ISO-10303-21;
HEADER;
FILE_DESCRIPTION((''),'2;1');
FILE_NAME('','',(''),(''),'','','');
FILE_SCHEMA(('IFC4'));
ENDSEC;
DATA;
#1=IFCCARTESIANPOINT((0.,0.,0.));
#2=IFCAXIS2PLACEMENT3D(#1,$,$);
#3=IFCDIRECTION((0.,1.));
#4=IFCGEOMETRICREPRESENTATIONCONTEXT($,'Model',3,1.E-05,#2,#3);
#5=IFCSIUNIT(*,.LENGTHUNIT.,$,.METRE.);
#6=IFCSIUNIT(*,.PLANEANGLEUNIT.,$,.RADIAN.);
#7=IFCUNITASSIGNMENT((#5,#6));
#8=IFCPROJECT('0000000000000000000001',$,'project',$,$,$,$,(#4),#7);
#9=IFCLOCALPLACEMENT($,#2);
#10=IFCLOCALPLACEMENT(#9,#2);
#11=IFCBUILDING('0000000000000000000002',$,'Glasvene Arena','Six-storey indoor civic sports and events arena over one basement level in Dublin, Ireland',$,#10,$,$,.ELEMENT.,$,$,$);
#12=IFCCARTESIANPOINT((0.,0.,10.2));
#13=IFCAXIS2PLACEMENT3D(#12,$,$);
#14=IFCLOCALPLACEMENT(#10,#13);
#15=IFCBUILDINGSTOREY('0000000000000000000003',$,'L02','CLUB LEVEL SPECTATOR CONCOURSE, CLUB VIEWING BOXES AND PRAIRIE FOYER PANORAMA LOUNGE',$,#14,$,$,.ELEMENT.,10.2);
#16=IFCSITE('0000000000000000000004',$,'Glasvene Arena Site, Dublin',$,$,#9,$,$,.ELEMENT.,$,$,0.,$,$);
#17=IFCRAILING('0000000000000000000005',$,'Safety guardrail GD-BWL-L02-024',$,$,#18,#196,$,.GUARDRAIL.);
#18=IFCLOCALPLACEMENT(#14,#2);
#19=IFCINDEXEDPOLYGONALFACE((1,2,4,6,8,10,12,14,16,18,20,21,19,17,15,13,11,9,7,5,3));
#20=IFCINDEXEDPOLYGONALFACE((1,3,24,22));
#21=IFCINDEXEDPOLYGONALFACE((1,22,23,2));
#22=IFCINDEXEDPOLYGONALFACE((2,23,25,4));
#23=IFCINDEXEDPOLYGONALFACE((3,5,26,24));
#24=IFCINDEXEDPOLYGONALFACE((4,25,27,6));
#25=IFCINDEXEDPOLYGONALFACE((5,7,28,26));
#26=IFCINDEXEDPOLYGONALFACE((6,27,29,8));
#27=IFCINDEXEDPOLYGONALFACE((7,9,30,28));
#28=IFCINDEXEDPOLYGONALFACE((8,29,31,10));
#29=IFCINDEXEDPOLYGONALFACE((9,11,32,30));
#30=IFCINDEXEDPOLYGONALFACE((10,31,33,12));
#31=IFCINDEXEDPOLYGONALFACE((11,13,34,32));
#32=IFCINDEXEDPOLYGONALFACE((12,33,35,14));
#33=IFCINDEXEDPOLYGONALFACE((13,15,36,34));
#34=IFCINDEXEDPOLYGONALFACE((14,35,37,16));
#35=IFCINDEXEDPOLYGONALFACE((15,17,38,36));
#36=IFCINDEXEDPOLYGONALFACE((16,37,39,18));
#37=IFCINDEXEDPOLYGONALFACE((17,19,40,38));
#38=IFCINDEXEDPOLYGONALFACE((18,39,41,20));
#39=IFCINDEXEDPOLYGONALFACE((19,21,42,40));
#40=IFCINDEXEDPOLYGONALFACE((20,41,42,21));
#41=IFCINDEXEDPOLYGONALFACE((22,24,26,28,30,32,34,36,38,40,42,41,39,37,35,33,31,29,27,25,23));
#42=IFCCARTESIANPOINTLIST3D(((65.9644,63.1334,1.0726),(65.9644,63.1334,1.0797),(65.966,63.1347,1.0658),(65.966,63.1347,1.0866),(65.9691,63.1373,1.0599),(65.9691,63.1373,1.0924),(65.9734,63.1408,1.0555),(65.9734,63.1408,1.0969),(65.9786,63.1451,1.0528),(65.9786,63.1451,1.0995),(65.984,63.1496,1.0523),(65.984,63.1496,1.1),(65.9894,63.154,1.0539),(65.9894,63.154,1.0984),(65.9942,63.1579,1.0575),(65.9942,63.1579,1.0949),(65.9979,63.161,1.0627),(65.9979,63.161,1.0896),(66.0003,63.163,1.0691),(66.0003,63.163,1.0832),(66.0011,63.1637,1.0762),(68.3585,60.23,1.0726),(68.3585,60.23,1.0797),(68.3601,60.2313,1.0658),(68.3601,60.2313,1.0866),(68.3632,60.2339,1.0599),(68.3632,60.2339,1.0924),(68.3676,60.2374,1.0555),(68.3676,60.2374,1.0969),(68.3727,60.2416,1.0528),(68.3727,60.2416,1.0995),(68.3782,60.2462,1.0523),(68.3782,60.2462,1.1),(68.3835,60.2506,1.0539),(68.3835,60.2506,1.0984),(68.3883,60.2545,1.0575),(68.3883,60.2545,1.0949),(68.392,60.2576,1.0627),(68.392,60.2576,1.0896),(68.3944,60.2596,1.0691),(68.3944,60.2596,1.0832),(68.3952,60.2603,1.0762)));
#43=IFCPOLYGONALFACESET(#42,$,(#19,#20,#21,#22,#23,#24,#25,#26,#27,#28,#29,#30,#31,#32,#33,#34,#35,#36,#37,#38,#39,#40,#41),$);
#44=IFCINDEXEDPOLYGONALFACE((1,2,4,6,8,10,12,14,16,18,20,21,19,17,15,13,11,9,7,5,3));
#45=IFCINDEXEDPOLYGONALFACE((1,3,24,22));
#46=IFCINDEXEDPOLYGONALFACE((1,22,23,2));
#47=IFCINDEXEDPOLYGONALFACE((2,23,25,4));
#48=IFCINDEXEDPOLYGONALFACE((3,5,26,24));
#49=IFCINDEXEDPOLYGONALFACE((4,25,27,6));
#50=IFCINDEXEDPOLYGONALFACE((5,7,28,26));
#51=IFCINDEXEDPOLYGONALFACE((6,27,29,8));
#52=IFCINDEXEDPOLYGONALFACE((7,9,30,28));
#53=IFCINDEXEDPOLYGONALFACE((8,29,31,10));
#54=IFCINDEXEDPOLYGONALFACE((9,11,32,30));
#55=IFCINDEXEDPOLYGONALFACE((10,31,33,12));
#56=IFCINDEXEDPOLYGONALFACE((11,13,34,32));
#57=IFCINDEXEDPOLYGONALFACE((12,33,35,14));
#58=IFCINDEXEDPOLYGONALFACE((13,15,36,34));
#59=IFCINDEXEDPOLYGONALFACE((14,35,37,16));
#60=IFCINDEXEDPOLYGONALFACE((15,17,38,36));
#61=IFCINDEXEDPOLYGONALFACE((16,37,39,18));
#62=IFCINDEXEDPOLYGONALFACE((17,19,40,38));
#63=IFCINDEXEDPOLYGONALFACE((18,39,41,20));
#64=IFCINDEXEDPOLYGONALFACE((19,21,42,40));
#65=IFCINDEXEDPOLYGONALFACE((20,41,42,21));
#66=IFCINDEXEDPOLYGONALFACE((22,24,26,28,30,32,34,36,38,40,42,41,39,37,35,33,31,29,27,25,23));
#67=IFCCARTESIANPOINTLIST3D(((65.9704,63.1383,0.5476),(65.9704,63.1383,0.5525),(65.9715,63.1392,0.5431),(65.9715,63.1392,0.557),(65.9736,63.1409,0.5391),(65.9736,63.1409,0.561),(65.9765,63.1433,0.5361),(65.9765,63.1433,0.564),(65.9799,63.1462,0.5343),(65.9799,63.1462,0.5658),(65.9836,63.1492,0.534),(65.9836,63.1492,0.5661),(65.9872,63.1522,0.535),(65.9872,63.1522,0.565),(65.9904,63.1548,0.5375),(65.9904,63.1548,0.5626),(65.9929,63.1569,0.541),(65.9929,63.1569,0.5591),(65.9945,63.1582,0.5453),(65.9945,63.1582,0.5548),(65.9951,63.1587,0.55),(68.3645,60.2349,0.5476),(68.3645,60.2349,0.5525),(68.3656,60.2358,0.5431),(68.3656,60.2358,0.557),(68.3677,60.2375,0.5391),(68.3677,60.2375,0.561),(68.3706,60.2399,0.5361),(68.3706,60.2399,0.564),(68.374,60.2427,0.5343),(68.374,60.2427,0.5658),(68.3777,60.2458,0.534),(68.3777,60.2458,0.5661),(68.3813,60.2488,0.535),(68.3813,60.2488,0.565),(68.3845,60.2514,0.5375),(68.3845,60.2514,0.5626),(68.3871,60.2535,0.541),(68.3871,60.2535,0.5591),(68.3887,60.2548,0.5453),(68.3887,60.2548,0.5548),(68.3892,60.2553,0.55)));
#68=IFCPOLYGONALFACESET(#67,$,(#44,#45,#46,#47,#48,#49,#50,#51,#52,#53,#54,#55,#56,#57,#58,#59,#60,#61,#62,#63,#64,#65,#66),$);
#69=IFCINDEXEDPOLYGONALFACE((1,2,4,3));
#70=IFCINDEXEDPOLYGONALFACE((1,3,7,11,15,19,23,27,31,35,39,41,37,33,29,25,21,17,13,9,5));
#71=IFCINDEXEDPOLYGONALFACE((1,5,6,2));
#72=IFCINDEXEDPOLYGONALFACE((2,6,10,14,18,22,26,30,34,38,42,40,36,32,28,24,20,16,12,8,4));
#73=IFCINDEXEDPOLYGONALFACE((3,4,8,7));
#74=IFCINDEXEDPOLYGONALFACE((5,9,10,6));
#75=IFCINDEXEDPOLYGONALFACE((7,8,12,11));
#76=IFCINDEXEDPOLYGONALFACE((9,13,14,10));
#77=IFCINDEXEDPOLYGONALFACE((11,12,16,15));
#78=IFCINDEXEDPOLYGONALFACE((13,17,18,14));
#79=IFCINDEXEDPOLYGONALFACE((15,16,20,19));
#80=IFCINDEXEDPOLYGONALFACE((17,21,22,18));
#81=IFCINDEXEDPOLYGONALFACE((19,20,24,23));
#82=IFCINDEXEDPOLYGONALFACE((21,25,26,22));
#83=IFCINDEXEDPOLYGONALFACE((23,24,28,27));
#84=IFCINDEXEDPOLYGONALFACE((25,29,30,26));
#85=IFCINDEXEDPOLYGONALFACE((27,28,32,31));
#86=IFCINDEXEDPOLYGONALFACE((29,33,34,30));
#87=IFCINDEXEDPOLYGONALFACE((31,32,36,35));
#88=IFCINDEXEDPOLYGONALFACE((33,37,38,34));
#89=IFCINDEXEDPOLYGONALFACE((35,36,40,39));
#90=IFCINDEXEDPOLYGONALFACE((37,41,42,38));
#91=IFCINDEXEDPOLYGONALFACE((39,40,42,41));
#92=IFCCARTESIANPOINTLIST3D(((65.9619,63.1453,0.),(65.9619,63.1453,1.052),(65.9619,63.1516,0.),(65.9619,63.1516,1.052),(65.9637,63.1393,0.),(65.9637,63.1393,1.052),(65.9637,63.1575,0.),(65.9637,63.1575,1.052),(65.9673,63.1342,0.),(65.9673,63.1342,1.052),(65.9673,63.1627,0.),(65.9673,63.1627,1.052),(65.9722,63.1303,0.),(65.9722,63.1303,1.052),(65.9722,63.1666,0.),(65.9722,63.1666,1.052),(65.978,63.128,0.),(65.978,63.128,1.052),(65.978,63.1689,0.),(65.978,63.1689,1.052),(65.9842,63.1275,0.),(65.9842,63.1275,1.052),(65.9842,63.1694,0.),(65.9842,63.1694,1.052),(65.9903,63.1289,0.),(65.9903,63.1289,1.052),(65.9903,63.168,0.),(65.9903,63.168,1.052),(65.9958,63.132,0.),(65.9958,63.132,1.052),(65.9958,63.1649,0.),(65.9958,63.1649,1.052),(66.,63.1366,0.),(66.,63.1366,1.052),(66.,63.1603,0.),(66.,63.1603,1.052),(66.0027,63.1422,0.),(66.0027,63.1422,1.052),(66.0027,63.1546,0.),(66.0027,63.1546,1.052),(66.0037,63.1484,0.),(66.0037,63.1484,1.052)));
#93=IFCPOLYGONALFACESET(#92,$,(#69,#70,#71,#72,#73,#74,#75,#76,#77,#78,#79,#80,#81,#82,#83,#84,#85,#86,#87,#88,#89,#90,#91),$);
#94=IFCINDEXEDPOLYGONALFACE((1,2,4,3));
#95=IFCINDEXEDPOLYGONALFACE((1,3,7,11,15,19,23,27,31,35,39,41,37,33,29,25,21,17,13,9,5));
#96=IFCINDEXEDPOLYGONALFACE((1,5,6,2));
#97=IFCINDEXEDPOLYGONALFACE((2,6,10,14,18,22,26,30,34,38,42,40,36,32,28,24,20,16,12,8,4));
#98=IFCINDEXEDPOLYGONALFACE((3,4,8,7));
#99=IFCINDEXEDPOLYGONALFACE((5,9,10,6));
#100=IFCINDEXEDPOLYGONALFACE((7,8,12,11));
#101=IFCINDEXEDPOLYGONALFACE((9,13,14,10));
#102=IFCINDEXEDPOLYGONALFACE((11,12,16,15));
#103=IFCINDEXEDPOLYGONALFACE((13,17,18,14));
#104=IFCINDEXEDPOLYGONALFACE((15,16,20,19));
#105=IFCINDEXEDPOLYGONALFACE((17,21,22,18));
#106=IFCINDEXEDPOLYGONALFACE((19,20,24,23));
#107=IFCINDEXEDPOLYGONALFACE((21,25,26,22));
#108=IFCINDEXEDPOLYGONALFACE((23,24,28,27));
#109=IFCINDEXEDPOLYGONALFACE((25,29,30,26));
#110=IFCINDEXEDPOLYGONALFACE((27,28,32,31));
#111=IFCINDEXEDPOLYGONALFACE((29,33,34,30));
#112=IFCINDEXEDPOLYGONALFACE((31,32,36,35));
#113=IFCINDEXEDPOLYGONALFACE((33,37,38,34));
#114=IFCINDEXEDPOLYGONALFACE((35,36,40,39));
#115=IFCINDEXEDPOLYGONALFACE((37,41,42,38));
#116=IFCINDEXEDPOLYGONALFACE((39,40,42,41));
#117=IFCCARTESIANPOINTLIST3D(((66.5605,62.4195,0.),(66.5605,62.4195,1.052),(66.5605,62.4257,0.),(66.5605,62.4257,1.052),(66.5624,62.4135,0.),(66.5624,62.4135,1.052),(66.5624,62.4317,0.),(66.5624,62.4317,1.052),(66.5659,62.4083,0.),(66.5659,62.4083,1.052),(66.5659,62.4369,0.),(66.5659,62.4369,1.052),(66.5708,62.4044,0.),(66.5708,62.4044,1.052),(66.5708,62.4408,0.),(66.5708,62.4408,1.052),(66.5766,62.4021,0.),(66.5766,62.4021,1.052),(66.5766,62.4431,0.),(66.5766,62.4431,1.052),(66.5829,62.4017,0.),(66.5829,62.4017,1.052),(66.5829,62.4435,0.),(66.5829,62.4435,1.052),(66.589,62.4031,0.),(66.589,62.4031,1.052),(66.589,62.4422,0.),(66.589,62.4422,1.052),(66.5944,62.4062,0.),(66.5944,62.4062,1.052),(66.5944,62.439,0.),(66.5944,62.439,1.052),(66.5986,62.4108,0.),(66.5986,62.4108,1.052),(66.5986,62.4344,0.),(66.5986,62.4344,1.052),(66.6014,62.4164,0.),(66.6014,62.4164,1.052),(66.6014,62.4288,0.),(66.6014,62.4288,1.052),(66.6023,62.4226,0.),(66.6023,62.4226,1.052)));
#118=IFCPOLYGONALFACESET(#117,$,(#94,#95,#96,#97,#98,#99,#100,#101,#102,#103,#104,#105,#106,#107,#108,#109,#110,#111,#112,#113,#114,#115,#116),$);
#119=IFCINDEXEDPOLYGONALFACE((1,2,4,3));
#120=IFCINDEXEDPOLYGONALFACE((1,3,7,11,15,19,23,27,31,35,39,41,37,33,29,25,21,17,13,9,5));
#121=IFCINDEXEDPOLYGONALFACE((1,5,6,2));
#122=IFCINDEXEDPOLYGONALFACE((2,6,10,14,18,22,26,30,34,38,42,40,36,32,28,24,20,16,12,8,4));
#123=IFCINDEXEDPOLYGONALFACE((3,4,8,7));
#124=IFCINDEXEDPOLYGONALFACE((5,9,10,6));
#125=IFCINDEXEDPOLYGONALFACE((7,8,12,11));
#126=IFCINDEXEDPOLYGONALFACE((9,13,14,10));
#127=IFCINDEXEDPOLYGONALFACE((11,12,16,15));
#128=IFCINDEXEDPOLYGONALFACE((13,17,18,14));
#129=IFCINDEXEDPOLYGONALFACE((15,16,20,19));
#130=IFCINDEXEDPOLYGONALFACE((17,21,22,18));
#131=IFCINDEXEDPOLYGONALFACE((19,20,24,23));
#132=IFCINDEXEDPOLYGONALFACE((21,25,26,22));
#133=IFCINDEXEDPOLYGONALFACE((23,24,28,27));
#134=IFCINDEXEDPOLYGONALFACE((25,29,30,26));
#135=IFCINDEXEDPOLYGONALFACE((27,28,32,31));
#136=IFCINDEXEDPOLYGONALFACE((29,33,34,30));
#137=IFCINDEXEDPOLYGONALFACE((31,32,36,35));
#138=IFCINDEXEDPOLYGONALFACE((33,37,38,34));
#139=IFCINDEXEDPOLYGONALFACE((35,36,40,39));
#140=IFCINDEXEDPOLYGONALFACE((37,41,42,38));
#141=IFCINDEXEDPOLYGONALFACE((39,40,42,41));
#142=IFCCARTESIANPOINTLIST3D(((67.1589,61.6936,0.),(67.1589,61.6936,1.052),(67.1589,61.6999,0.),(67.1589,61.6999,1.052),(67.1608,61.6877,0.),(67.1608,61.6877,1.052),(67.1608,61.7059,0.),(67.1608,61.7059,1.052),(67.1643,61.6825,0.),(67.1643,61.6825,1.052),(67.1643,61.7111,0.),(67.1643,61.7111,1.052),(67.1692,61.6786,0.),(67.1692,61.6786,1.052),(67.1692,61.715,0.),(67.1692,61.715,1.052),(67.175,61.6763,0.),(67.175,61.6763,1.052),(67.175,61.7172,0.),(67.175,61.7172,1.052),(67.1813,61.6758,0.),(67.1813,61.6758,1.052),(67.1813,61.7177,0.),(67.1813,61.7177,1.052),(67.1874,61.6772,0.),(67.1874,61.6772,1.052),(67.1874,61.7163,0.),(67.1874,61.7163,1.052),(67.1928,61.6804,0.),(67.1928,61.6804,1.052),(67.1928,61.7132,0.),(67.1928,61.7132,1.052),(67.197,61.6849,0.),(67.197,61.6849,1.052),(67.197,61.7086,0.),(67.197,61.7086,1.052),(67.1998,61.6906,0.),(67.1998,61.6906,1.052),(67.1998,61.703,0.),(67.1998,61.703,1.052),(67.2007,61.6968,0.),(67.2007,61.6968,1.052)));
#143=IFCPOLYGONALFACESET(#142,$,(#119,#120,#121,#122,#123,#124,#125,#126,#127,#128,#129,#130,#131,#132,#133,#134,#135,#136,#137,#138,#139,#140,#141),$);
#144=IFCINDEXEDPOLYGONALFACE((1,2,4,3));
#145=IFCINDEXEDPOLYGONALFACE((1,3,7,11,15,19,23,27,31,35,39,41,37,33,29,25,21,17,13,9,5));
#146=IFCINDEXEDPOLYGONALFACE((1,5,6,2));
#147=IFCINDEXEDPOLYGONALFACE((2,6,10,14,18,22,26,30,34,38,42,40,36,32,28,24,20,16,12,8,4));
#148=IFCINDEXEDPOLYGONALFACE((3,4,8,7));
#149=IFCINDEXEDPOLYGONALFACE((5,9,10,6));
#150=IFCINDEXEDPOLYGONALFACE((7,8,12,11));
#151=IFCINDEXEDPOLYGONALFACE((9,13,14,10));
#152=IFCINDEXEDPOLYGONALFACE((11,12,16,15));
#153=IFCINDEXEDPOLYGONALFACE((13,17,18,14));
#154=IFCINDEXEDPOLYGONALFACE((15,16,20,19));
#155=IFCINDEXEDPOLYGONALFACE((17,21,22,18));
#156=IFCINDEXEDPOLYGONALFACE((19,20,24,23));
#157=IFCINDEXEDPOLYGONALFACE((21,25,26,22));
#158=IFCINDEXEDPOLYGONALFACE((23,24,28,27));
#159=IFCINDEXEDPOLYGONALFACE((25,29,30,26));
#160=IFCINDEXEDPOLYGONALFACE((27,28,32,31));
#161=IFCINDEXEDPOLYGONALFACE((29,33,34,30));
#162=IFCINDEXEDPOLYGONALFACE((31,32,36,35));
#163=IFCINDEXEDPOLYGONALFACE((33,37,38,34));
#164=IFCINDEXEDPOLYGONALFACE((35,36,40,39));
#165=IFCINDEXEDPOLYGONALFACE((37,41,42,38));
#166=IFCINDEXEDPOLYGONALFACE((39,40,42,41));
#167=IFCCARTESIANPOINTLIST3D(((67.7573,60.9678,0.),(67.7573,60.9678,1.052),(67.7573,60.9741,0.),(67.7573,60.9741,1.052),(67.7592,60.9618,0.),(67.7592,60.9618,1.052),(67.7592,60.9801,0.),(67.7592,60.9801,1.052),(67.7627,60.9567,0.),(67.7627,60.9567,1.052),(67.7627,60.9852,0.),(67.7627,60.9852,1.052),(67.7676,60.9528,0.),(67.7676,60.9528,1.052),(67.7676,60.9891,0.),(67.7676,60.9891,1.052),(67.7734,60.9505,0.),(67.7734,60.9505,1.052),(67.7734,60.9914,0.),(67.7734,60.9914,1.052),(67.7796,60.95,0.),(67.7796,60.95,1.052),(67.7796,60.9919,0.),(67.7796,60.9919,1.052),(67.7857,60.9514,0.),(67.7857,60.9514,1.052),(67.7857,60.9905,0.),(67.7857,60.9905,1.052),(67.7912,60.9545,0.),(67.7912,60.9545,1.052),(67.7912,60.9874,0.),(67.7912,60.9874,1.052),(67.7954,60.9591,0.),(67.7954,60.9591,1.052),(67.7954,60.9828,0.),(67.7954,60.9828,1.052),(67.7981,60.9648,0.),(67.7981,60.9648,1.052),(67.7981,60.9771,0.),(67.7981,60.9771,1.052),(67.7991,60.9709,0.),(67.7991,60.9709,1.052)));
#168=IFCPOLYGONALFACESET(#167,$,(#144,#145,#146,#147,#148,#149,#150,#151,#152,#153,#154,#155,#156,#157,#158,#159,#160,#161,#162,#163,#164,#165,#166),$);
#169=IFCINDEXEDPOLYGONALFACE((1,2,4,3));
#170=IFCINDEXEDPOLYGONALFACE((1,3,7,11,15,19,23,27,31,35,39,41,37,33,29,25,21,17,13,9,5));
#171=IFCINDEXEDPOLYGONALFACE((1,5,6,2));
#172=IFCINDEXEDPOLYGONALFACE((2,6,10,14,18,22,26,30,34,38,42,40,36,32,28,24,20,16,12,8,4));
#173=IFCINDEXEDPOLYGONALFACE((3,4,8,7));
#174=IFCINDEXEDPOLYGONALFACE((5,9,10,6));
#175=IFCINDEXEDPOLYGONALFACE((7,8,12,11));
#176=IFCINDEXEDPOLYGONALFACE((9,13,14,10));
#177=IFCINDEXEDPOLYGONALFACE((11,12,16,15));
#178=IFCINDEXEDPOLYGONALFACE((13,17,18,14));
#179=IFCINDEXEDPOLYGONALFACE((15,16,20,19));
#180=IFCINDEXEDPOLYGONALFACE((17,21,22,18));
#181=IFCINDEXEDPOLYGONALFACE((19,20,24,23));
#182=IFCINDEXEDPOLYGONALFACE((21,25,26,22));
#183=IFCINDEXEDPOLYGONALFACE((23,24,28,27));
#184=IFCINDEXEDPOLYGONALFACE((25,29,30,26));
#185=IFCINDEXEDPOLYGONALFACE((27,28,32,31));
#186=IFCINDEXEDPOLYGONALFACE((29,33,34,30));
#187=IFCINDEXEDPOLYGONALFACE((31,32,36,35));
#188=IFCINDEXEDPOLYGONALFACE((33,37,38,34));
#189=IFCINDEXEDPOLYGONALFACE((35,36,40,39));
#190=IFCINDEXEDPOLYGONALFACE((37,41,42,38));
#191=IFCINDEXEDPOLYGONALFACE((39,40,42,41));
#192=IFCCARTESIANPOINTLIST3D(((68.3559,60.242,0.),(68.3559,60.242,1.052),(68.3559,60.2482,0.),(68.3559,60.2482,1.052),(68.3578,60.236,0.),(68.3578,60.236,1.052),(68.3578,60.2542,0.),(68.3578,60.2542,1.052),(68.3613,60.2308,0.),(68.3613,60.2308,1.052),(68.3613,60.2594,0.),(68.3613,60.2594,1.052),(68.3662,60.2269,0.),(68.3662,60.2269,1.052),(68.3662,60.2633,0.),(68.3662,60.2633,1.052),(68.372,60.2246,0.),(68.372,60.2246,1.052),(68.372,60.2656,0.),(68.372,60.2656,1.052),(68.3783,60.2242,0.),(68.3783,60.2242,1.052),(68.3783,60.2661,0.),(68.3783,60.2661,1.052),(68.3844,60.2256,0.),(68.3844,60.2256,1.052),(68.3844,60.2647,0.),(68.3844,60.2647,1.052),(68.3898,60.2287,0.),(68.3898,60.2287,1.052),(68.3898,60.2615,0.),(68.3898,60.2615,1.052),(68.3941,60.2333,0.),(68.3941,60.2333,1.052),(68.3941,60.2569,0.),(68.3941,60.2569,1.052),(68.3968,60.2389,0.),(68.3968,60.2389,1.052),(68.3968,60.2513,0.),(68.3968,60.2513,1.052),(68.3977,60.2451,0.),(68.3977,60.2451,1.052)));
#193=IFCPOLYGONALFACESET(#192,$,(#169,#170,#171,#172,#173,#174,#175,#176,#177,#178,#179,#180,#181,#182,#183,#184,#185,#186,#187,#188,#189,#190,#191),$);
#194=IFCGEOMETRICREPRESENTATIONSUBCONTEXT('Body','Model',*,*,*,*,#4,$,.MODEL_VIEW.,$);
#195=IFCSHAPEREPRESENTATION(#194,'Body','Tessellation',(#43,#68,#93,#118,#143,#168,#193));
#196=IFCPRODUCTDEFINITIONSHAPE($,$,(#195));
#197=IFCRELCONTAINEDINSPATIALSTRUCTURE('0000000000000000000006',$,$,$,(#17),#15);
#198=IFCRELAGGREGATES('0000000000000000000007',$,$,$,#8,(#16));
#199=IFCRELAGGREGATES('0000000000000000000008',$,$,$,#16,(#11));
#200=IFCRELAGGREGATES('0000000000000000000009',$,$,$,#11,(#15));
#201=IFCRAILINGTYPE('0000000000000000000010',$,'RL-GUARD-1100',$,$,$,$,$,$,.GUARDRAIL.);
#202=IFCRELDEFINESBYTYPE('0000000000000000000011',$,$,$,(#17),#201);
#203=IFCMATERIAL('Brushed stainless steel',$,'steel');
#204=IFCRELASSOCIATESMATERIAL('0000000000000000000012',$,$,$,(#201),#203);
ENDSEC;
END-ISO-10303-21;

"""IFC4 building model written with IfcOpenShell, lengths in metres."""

from ifc_helpers import new_model, si_unit, direction, frame, origin, origin_2d, place, context, subcontext, project, spatial, circle, extrude, material, type_object, element, save


model = new_model("IFC4")

# Units and contexts
model_context = context("Model", 3, precision=1e-05, world=origin(), true_north=direction((0.0, 1.0)))
body_context = subcontext(model_context, "Body", "Model", "MODEL_VIEW")
ifc_project = project(units=[si_unit("LENGTHUNIT", "METRE"), si_unit("PLANEANGLEUNIT", "RADIAN")], contexts=[model_context])

# Site, building, storey
site_placement = place(None, origin())
site = spatial("IfcSite", under=ifc_project, at=site_placement, Name="Glasvene Arena Site, Dublin", CompositionType="ELEMENT", RefElevation=0.0)
building_placement = place(site_placement, origin())
building = spatial("IfcBuilding", under=site, at=building_placement, Name="Glasvene Arena", Description="Six-storey indoor civic sports and events arena over one basement level in Dublin, Ireland", CompositionType="ELEMENT")
storey_placement = place(building_placement, frame((0.0, 0.0, 10.2)))
storey = spatial("IfcBuildingStorey", under=building, at=storey_placement, Name="L02", Description="CLUB LEVEL SPECTATOR CONCOURSE, CLUB VIEWING BOXES AND PRAIRIE FOYER PANORAMA LOUNGE", CompositionType="ELEMENT", Elevation=10.2)

# Railing
ifc_material_1 = material(Name="Brushed stainless steel", Category="steel")
railing_type = type_object("IfcRailingType", Name="RL-GUARD-1100", PredefinedType="GUARDRAIL", material=ifc_material_1)
railing_1_placement = place(storey_placement, frame((65.9827, 63.1484, 0.0)))
element("IfcRailing", 1, at=railing_1_placement, inside=storey, type_object=railing_type, Name="Safety guardrail GD-BWL-L02-024", PredefinedType="GUARDRAIL", context=body_context, shape_type="SweptSolid", body=[
    extrude(circle(Radius=0.0239, at=origin_2d()), frame((0.0, 0.0, 1.0762), z_axis=(0.636194, -0.771529, 0.0), x_axis=(0.771529, 0.636194, 0.0)), (0.0, 0.0, 1.0), 3.7632),
    extrude(circle(Radius=0.0161, at=origin_2d()), frame((0.0, 0.0, 0.55), z_axis=(0.636194, -0.771529, 0.0), x_axis=(0.771529, 0.636194, 0.0)), (0.0, 0.0, 1.0), 3.7632),
    extrude(circle(Radius=0.021, at=origin_2d()), origin(), (0.0, 0.0, 1.0), 1.052),
    extrude(circle(Radius=0.021, at=origin_2d()), frame((0.5986, -0.7258, 0.0)), (0.0, 0.0, 1.0), 1.052),
    extrude(circle(Radius=0.021, at=origin_2d()), frame((1.197, -1.4517, 0.0)), (0.0, 0.0, 1.0), 1.052),
    extrude(circle(Radius=0.021, at=origin_2d()), frame((1.7954, -2.1775, 0.0)), (0.0, 0.0, 1.0), 1.052),
    extrude(circle(Radius=0.021, at=origin_2d()), frame((2.394, -2.9033, 0.0)), (0.0, 0.0, 1.0), 1.052),
])

save(model, "model.ifc")
